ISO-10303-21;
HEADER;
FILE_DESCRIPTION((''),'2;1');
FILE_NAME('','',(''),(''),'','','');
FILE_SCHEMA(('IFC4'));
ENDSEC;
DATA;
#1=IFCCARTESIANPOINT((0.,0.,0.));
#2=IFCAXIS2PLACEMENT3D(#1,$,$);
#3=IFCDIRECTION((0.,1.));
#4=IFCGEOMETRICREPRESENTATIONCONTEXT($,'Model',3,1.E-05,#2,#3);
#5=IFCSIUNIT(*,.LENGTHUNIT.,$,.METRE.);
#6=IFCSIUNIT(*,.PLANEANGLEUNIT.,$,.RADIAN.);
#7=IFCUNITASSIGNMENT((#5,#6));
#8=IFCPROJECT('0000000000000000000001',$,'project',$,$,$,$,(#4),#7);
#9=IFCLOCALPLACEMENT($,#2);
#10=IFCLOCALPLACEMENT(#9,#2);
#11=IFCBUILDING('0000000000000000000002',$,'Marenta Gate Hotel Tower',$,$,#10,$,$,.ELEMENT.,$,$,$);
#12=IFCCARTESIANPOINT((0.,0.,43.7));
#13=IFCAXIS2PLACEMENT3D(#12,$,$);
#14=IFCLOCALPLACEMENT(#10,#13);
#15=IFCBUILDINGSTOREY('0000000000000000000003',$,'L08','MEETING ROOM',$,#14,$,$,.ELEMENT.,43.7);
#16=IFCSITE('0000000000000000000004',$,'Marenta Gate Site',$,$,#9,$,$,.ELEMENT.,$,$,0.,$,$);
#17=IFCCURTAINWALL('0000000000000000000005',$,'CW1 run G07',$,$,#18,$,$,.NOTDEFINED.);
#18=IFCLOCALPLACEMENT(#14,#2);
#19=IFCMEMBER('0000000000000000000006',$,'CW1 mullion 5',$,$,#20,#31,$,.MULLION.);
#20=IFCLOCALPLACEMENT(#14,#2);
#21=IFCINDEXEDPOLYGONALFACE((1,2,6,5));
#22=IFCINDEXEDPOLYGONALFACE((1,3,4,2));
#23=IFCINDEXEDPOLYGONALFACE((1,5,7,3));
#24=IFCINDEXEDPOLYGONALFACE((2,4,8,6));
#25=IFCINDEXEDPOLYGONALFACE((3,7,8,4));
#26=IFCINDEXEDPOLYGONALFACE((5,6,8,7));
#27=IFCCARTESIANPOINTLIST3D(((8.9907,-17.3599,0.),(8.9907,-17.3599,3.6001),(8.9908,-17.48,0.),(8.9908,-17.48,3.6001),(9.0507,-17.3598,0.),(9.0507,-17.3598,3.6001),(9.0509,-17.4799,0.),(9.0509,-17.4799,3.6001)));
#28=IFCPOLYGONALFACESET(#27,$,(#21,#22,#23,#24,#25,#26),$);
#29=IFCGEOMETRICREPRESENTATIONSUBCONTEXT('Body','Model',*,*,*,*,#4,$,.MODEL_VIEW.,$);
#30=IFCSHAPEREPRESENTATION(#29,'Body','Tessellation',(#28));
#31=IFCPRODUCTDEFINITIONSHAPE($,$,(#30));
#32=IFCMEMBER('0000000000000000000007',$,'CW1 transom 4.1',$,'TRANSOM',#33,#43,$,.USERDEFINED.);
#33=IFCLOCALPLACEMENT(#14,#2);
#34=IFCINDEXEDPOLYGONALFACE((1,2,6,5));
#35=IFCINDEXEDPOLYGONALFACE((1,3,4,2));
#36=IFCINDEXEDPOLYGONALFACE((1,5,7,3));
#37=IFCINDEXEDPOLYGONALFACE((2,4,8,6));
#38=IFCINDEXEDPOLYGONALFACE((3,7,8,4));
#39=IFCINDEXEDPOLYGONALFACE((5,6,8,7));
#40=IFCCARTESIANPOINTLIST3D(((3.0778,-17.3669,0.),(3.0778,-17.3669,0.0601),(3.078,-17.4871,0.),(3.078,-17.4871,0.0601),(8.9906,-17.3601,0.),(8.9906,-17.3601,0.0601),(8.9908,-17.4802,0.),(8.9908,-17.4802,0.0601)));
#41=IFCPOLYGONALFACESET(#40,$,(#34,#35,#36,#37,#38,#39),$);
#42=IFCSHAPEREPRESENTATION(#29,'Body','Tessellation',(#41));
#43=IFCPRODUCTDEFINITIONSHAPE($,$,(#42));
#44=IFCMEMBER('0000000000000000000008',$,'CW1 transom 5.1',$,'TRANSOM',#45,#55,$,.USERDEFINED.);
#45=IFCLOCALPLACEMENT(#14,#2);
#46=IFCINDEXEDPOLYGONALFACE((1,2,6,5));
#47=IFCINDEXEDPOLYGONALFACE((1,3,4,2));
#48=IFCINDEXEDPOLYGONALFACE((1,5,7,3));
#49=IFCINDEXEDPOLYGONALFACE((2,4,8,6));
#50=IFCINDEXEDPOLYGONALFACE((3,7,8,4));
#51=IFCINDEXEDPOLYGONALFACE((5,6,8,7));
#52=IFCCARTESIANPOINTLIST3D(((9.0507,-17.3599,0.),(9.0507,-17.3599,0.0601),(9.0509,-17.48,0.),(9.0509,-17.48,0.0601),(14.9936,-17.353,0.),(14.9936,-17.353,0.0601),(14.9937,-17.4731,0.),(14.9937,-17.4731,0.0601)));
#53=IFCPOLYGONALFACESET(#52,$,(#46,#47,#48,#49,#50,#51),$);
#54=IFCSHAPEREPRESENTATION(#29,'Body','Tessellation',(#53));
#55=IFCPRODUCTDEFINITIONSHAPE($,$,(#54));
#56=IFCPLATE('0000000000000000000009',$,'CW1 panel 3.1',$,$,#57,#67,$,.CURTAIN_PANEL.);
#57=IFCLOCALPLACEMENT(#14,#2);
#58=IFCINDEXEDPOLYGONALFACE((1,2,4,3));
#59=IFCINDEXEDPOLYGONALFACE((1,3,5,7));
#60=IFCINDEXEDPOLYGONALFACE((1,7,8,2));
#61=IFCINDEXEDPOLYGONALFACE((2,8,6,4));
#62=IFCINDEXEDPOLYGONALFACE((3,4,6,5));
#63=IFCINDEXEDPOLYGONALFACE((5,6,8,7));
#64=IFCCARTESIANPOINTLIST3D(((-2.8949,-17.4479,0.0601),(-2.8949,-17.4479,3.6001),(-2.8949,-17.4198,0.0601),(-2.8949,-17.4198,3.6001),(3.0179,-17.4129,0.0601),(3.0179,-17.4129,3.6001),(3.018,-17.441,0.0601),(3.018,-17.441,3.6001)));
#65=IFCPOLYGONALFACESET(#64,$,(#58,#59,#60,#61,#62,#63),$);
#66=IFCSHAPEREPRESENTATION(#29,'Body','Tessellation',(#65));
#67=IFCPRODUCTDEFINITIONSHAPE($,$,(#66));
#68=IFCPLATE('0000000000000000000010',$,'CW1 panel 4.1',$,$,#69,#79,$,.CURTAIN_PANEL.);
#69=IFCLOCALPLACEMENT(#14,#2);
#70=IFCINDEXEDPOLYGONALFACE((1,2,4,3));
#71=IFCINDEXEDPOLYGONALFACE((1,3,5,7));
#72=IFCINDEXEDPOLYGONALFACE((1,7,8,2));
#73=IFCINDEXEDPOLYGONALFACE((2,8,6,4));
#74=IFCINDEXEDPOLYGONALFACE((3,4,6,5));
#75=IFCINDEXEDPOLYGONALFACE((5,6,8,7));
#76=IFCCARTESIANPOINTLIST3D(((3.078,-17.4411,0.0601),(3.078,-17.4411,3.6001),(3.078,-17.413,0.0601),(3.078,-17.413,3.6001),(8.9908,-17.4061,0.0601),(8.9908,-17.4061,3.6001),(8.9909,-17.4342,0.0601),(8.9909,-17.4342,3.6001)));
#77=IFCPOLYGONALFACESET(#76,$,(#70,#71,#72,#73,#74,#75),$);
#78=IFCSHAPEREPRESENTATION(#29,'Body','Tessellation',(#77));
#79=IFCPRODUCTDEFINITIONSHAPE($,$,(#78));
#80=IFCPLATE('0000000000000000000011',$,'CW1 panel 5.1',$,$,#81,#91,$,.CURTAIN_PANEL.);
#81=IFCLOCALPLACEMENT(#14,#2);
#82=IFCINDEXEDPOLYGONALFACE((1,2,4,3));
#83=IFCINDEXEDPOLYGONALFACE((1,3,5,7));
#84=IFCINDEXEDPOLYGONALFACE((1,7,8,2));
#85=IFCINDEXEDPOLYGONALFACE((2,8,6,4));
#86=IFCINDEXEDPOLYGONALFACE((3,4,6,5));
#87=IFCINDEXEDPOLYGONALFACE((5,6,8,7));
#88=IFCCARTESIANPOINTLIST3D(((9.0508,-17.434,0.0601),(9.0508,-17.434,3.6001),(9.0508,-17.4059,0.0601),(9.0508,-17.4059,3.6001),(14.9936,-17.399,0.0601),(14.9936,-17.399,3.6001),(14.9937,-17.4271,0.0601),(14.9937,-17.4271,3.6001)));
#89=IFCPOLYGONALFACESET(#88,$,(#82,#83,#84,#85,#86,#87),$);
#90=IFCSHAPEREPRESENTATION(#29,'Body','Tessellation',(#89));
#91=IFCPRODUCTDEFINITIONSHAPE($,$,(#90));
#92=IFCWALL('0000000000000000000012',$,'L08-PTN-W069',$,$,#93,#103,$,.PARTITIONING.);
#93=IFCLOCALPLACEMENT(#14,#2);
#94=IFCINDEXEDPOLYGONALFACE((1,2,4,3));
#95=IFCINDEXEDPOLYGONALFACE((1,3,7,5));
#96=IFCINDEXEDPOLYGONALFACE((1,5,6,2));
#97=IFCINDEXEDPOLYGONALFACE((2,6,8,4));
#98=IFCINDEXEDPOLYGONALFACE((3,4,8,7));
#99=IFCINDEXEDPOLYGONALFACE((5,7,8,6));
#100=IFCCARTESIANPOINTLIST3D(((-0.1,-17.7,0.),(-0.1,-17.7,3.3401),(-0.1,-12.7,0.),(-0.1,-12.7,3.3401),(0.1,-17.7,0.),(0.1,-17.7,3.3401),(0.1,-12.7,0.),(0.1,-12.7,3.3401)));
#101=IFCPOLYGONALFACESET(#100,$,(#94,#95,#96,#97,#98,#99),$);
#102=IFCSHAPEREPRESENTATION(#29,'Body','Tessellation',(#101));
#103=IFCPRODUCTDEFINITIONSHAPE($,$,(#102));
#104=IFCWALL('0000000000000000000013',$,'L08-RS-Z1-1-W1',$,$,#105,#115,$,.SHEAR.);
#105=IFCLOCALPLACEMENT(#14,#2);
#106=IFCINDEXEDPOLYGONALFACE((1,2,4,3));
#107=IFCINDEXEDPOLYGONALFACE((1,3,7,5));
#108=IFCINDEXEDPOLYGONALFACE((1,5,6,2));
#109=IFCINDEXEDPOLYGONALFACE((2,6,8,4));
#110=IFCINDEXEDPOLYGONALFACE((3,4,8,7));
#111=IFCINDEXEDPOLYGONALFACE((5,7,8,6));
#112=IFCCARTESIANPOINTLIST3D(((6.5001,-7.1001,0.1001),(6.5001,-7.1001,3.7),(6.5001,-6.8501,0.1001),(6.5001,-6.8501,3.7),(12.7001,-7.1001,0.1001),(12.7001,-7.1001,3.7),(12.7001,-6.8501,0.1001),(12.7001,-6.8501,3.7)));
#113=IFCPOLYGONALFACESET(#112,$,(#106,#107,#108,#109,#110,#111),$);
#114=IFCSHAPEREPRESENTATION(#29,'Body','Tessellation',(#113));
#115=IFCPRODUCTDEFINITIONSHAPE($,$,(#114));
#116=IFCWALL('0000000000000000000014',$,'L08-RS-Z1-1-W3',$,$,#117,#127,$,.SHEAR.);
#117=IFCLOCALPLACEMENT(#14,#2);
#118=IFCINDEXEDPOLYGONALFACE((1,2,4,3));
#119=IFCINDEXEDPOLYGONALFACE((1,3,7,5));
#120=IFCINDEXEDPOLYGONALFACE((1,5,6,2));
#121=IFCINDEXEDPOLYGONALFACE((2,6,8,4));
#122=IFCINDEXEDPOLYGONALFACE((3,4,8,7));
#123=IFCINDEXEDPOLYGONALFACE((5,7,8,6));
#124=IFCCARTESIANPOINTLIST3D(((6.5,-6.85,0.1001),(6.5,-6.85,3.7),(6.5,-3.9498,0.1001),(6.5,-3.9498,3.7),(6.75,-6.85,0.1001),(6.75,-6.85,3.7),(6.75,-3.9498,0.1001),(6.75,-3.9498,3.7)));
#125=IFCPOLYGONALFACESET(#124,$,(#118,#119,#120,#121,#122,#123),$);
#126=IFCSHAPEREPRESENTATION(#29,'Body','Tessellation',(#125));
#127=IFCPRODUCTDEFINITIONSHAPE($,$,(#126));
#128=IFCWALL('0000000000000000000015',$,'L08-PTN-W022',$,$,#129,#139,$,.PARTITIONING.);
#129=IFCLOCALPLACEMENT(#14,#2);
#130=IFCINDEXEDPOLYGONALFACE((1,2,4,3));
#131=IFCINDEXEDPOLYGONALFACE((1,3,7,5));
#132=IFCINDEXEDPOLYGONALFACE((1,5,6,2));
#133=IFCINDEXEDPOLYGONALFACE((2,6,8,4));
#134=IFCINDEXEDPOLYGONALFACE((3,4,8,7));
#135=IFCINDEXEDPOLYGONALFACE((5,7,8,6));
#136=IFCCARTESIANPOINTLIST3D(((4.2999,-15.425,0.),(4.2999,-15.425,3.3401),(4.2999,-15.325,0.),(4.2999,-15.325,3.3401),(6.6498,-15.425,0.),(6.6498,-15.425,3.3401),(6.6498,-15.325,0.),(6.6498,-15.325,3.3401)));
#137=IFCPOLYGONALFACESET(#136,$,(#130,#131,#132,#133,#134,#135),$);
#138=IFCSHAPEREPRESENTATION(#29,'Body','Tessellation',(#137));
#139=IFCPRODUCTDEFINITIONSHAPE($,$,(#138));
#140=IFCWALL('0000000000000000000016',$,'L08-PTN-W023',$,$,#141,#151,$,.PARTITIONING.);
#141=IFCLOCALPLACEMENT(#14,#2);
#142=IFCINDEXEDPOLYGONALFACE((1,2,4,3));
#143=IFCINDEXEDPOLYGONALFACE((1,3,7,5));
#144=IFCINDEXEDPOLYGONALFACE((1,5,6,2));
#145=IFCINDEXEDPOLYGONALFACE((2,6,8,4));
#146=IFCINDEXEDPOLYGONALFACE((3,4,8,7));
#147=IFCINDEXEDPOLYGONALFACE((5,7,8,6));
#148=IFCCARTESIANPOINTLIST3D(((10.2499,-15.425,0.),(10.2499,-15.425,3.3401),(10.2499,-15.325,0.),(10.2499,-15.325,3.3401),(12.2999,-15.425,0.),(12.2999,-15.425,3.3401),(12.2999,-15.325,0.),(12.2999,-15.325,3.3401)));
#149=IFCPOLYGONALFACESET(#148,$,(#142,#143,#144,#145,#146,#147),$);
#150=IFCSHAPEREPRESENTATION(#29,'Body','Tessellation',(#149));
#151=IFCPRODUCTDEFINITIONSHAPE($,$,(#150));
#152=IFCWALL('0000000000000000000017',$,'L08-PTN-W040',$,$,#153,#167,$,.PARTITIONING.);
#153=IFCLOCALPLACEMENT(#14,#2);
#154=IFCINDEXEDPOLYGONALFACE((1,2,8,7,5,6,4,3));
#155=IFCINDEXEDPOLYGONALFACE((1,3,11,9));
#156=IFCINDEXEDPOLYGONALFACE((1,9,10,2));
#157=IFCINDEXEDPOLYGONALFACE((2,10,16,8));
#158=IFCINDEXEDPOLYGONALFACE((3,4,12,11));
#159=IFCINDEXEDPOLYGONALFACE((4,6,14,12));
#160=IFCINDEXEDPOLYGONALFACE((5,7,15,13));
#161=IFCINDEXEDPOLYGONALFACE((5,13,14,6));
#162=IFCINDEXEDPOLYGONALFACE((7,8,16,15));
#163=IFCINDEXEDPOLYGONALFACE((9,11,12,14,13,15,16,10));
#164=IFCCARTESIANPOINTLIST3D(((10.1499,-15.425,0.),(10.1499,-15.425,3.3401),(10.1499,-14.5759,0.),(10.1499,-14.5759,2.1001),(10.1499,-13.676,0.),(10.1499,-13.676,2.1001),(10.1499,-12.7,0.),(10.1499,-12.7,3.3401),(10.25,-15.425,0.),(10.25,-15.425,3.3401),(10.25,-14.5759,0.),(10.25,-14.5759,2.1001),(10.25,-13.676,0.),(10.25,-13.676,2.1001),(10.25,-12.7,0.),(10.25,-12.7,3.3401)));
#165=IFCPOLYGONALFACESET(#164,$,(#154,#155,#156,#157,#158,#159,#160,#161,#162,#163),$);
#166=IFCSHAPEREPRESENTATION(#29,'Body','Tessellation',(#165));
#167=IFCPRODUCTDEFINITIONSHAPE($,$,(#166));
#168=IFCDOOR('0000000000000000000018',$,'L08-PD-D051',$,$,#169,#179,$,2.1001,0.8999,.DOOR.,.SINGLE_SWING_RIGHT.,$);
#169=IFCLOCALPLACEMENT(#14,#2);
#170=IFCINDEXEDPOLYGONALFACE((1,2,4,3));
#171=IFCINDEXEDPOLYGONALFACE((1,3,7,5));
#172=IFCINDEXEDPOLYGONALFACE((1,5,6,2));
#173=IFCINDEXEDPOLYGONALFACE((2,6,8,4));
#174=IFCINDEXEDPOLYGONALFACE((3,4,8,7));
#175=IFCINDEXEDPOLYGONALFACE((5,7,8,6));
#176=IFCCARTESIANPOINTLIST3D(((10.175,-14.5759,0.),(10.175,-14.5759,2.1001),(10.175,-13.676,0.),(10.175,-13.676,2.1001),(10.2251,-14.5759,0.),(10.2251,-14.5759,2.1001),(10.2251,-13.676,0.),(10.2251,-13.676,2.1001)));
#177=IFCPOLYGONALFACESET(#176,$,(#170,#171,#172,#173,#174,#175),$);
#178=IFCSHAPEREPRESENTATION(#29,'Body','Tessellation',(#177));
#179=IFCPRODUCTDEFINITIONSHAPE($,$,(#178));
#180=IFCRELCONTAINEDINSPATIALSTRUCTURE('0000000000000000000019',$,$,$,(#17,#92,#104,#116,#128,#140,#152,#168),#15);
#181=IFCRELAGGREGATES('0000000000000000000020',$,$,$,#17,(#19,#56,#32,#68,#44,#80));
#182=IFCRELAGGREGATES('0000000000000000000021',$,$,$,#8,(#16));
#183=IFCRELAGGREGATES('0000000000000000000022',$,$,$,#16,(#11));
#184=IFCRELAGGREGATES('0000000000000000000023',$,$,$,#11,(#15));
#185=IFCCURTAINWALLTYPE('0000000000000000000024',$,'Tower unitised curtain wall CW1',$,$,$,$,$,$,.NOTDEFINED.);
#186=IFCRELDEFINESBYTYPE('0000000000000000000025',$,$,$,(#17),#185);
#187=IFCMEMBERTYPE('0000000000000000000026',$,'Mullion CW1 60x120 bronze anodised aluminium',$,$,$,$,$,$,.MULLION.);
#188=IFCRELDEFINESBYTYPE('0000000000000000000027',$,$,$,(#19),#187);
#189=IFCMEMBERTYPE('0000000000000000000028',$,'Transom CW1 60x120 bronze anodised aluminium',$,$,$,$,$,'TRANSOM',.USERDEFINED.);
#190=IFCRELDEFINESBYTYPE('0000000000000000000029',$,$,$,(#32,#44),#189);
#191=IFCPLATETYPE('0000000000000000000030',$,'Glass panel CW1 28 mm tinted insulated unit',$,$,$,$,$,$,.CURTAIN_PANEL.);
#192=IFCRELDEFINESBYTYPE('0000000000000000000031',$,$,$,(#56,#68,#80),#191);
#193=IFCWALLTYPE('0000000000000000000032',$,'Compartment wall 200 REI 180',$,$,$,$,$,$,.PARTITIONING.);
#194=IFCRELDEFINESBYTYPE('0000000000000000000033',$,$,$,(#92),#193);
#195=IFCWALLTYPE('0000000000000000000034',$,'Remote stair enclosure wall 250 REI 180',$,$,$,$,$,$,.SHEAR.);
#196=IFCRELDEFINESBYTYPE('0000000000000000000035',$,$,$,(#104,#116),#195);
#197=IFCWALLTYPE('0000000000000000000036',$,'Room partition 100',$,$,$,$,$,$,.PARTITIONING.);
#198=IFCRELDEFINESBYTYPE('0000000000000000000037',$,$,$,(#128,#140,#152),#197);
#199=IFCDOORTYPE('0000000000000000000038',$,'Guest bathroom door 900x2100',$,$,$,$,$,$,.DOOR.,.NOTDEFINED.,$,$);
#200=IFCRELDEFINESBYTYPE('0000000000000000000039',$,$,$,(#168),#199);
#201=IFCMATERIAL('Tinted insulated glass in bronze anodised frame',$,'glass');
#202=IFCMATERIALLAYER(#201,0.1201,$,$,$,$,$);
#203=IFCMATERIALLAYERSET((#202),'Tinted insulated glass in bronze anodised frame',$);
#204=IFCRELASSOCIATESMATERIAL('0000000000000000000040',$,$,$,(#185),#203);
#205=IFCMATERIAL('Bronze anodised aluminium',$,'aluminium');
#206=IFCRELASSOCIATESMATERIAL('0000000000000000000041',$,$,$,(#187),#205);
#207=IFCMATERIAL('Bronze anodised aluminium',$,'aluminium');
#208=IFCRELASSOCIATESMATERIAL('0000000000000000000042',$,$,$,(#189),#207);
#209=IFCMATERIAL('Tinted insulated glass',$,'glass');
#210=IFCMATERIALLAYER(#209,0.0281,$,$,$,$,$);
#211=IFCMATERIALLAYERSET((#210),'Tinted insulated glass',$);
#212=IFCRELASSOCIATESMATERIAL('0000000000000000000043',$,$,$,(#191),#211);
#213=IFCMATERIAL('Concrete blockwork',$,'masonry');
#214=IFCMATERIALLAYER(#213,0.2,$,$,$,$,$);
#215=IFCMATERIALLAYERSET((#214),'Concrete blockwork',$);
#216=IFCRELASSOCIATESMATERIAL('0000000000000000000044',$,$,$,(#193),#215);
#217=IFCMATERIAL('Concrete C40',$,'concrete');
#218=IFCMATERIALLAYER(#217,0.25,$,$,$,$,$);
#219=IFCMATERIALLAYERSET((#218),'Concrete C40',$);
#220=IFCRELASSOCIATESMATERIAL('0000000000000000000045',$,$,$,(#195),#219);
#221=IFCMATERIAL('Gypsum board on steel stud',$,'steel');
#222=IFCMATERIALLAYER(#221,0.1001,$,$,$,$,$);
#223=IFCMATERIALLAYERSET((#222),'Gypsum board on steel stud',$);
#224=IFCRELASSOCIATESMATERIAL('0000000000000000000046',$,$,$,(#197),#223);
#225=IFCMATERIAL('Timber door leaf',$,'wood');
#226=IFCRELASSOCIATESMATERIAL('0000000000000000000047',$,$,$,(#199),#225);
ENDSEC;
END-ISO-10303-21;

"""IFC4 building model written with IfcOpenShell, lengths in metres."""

from ifc_helpers import new_model, si_unit, direction, frame, frame_2d, origin, origin_2d, place, context, subcontext, project, spatial, rectangle, extrude, material, layer, layer_set, material_profile, profile_set, type_object, element, fill, aggregate, save


model = new_model("IFC4")

# Units and contexts
model_context = context("Model", 3, precision=1e-05, world=origin(), true_north=direction((0.0, 1.0)))
body_context = subcontext(model_context, "Body", "Model", "MODEL_VIEW")
ifc_project = project(units=[si_unit("LENGTHUNIT", "METRE"), si_unit("PLANEANGLEUNIT", "RADIAN")], contexts=[model_context])

# Site, building, storey
site_placement = place(None, origin())
site = spatial("IfcSite", under=ifc_project, at=site_placement, Name="Marenta Gate Site", CompositionType="ELEMENT", RefElevation=0.0)
building_placement = place(site_placement, origin())
building = spatial("IfcBuilding", under=site, at=building_placement, Name="Marenta Gate Hotel Tower", CompositionType="ELEMENT")
storey_placement = place(building_placement, frame((0.0, 0.0, 43.7)))
storey = spatial("IfcBuildingStorey", under=building, at=storey_placement, Name="L08", Description="MEETING ROOM", CompositionType="ELEMENT", Elevation=43.7)

# Curtain wall, members, plates
ifc_material_1 = material(Name="Tinted insulated glass in bronze anodised frame", Category="glass")
ifc_layer_1 = layer(ifc_material_1, 0.1201)
ifc_layer_set_1 = layer_set([ifc_layer_1], Name="Tinted insulated glass in bronze anodised frame")
curtain_wall_type = type_object("IfcCurtainWallType", Name="Tower unitised curtain wall CW1", PredefinedType="NOTDEFINED", material=ifc_layer_set_1)
curtain_wall_placement = place(storey_placement, origin())
curtain_wall = element("IfcCurtainWall", 1, at=curtain_wall_placement, inside=storey, type_object=curtain_wall_type, Name="CW1 run G07", PredefinedType="NOTDEFINED")
ifc_material_2 = material(Name="Bronze anodised aluminium", Category="aluminium")
ifc_material_profile_1 = material_profile(ifc_material_2, rectangle(XDim=0.1201, YDim=0.0601, at=origin_2d()), Name="Mullion CW1 60x120 bronze anodised aluminium")
ifc_profile_set_1 = profile_set([ifc_material_profile_1], Name="Bronze anodised aluminium")
member_type_1 = type_object("IfcMemberType", Name="Mullion CW1 60x120 bronze anodised aluminium", PredefinedType="MULLION", material=ifc_profile_set_1)
member_1_placement = place(storey_placement, frame((9.0208, -17.4199, 0.0), z_axis=(0.0, 0.0, 1.0), x_axis=(-0.001162, 0.999999, 0.0)))
member_1 = element("IfcMember", 2, at=member_1_placement, type_object=member_type_1, Name="CW1 mullion 5", PredefinedType="MULLION", context=body_context, shape_type="SweptSolid", body=[
    extrude(rectangle(XDim=0.1201, YDim=0.0601, at=origin_2d()), origin(), (0.0, 0.0, 1.0), 3.6001),
])
ifc_material_3 = material(Name="Bronze anodised aluminium", Category="aluminium")
ifc_material_profile_2 = material_profile(ifc_material_3, rectangle(XDim=0.1201, YDim=0.0601, at=origin_2d()), Name="Transom CW1 60x120 bronze anodised aluminium")
ifc_profile_set_2 = profile_set([ifc_material_profile_2], Name="Bronze anodised aluminium")
member_type_2 = type_object("IfcMemberType", Name="Transom CW1 60x120 bronze anodised aluminium", ElementType="TRANSOM", PredefinedType="USERDEFINED", material=ifc_profile_set_2)
member_2_placement = place(storey_placement, frame((3.0779, -17.427, 0.03), z_axis=(0.999999, 0.001156, 0.0), x_axis=(-0.001156, 0.999999, 0.0)))
member_2 = element("IfcMember", 3, at=member_2_placement, type_object=member_type_2, Name="CW1 transom 4.1", ObjectType="TRANSOM", PredefinedType="USERDEFINED", context=body_context, shape_type="SweptSolid", body=[
    extrude(rectangle(XDim=0.1201, YDim=0.0601, at=origin_2d()), origin(), (0.0, 0.0, 1.0), 5.9128),
])
member_3_placement = place(storey_placement, frame((9.0508, -17.4199, 0.03), z_axis=(0.999999, 0.00115, 0.0), x_axis=(-0.00115, 0.999999, 0.0)))
member_3 = element("IfcMember", 4, at=member_3_placement, type_object=member_type_2, Name="CW1 transom 5.1", ObjectType="TRANSOM", PredefinedType="USERDEFINED", context=body_context, shape_type="SweptSolid", body=[
    extrude(rectangle(XDim=0.1201, YDim=0.0601, at=origin_2d()), origin(), (0.0, 0.0, 1.0), 5.9429),
])
ifc_material_4 = material(Name="Tinted insulated glass", Category="glass")
ifc_layer_2 = layer(ifc_material_4, 0.0281)
ifc_layer_set_2 = layer_set([ifc_layer_2], Name="Tinted insulated glass")
plate_type = type_object("IfcPlateType", Name="Glass panel CW1 28 mm tinted insulated unit", PredefinedType="CURTAIN_PANEL", material=ifc_layer_set_2)
plate_1_placement = place(storey_placement, frame((0.0615, -17.4304, 0.0601), z_axis=(0.0, 0.0, 1.0), x_axis=(0.999999, 0.001162, 0.0)))
plate_1 = element("IfcPlate", 5, at=plate_1_placement, type_object=plate_type, Name="CW1 panel 3.1", PredefinedType="CURTAIN_PANEL", context=body_context, shape_type="SweptSolid", body=[
    extrude(rectangle(XDim=5.9128, YDim=0.0281, at=origin_2d()), origin(), (0.0, 0.0, 1.0), 3.54),
])
plate_2_placement = place(storey_placement, frame((6.0344, -17.4236, 0.0601), z_axis=(0.0, 0.0, 1.0), x_axis=(0.999999, 0.001162, 0.0)))
plate_2 = element("IfcPlate", 6, at=plate_2_placement, type_object=plate_type, Name="CW1 panel 4.1", PredefinedType="CURTAIN_PANEL", context=body_context, shape_type="SweptSolid", body=[
    extrude(rectangle(XDim=5.9128, YDim=0.0281, at=origin_2d()), origin(), (0.0, 0.0, 1.0), 3.54),
])
plate_3_placement = place(storey_placement, frame((12.0222, -17.4165, 0.0601), z_axis=(0.0, 0.0, 1.0), x_axis=(0.999999, 0.001162, 0.0)))
plate_3 = element("IfcPlate", 7, at=plate_3_placement, type_object=plate_type, Name="CW1 panel 5.1", PredefinedType="CURTAIN_PANEL", context=body_context, shape_type="SweptSolid", body=[
    extrude(rectangle(XDim=5.9429, YDim=0.0281, at=origin_2d()), origin(), (0.0, 0.0, 1.0), 3.54),
])
aggregate(curtain_wall, [member_1, plate_1, member_2, plate_2, member_3, plate_3])

# Wall
ifc_material_5 = material(Name="Concrete blockwork", Category="masonry")
ifc_layer_3 = layer(ifc_material_5, 0.2)
ifc_layer_set_3 = layer_set([ifc_layer_3], Name="Concrete blockwork")
wall_type_1 = type_object("IfcWallType", Name="Compartment wall 200 REI 180", PredefinedType="PARTITIONING", material=ifc_layer_set_3)
wall_1_placement = place(storey_placement, frame((0.0, -17.7, 0.0), z_axis=(0.0, 0.0, 1.0), x_axis=(0.0, 1.0, 0.0)))
element("IfcWall", 8, at=wall_1_placement, inside=storey, type_object=wall_type_1, Name="L08-PTN-W069", PredefinedType="PARTITIONING", context=body_context, shape_type="SweptSolid", body=[
    extrude(rectangle(XDim=5.0, YDim=0.2, at=frame_2d((2.5, 0.0))), origin(), (0.0, 0.0, 1.0), 3.3401),
])

# Walls
ifc_material_6 = material(Name="Concrete C40", Category="concrete")
ifc_layer_4 = layer(ifc_material_6, 0.25)
ifc_layer_set_4 = layer_set([ifc_layer_4], Name="Concrete C40")
wall_type_2 = type_object("IfcWallType", Name="Remote stair enclosure wall 250 REI 180", PredefinedType="SHEAR", material=ifc_layer_set_4)
wall_2_placement = place(storey_placement, frame((6.5, -6.9751, 0.1001), z_axis=(0.0, 0.0, 1.0), x_axis=(1.0, 0.0, 0.0)))
element("IfcWall", 9, at=wall_2_placement, inside=storey, type_object=wall_type_2, Name="L08-RS-Z1-1-W1", PredefinedType="SHEAR", context=body_context, shape_type="SweptSolid", body=[
    extrude(rectangle(XDim=6.2, YDim=0.25, at=frame_2d((3.1001, 0.0))), origin(), (0.0, 0.0, 1.0), 3.5999),
])
wall_3_placement = place(storey_placement, frame((6.625, -6.8501, 0.1001), z_axis=(0.0, 0.0, 1.0), x_axis=(0.0, 1.0, 0.0)))
element("IfcWall", 10, at=wall_3_placement, inside=storey, type_object=wall_type_2, Name="L08-RS-Z1-1-W3", PredefinedType="SHEAR", context=body_context, shape_type="SweptSolid", body=[
    extrude(rectangle(XDim=2.9001, YDim=0.25, at=frame_2d((1.4502, 0.0))), origin(), (0.0, 0.0, 1.0), 3.5999),
])
ifc_material_7 = material(Name="Gypsum board on steel stud", Category="steel")
ifc_layer_5 = layer(ifc_material_7, 0.1001)
ifc_layer_set_5 = layer_set([ifc_layer_5], Name="Gypsum board on steel stud")
wall_type_3 = type_object("IfcWallType", Name="Room partition 100", PredefinedType="PARTITIONING", material=ifc_layer_set_5)
wall_4_placement = place(storey_placement, frame((4.3, -15.375, 0.0), z_axis=(0.0, 0.0, 1.0), x_axis=(1.0, 0.0, 0.0)))
element("IfcWall", 11, at=wall_4_placement, inside=storey, type_object=wall_type_3, Name="L08-PTN-W022", PredefinedType="PARTITIONING", context=body_context, shape_type="SweptSolid", body=[
    extrude(rectangle(XDim=2.3499, YDim=0.1001, at=frame_2d((1.1748, 0.0))), origin(), (0.0, 0.0, 1.0), 3.3401),
])
wall_5_placement = place(storey_placement, frame((10.25, -15.375, 0.0), z_axis=(0.0, 0.0, 1.0), x_axis=(1.0, 0.0, 0.0)))
element("IfcWall", 12, at=wall_5_placement, inside=storey, type_object=wall_type_3, Name="L08-PTN-W023", PredefinedType="PARTITIONING", context=body_context, shape_type="SweptSolid", body=[
    extrude(rectangle(XDim=2.05, YDim=0.1001, at=frame_2d((1.0249, 0.0))), origin(), (0.0, 0.0, 1.0), 3.3401),
])

# Wall, opening, door
wall_6_placement = place(storey_placement, frame((10.2, -15.425, 0.0), z_axis=(0.0, 0.0, 1.0), x_axis=(0.0, 1.0, 0.0)))
wall_6 = element("IfcWall", 13, at=wall_6_placement, inside=storey, type_object=wall_type_3, Name="L08-PTN-W040", PredefinedType="PARTITIONING", context=body_context, shape_type="SweptSolid", body=[
    extrude(rectangle(XDim=2.7251, YDim=0.1001, at=frame_2d((1.3625, 0.0))), origin(), (0.0, 0.0, 1.0), 3.3401),
])
opening_1_placement = place(wall_6_placement, frame((0.8491, 0.0, 0.0)))
opening_1 = element("IfcOpeningElement", 14, at=opening_1_placement, cuts=wall_6, PredefinedType="OPENING", context=body_context, shape_type="SweptSolid", body=[
    extrude(rectangle(XDim=0.8999, YDim=2.1001, at=frame_2d((0.45, 1.05))), frame((0.0, 0.05, 0.0), z_axis=(0.0, -1.0, 0.0), x_axis=(1.0, 0.0, 0.0)), (0.0, 0.0, 1.0), 0.1001),
])
ifc_material_8 = material(Name="Timber door leaf", Category="wood")
door_type_1 = type_object("IfcDoorType", Name="Guest bathroom door 900x2100", OperationType="NOTDEFINED", PredefinedType="DOOR", material=ifc_material_8)
door_1_placement = place(opening_1_placement, origin())
door_1 = element("IfcDoor", 15, at=door_1_placement, inside=storey, type_object=door_type_1, Name="L08-PD-D051", OperationType="SINGLE_SWING_RIGHT", OverallHeight=2.1001, OverallWidth=0.8999, PredefinedType="DOOR", context=body_context, shape_type="SweptSolid", body=[
    extrude(rectangle(XDim=0.8999, YDim=2.1001, at=frame_2d((0.45, 1.05))), frame((0.0, 0.0249, 0.0), z_axis=(0.0, -1.0, 0.0), x_axis=(1.0, 0.0, 0.0)), (0.0, 0.0, 1.0), 0.05),
])
fill(opening_1, door_1)

save(model, "model.ifc")
